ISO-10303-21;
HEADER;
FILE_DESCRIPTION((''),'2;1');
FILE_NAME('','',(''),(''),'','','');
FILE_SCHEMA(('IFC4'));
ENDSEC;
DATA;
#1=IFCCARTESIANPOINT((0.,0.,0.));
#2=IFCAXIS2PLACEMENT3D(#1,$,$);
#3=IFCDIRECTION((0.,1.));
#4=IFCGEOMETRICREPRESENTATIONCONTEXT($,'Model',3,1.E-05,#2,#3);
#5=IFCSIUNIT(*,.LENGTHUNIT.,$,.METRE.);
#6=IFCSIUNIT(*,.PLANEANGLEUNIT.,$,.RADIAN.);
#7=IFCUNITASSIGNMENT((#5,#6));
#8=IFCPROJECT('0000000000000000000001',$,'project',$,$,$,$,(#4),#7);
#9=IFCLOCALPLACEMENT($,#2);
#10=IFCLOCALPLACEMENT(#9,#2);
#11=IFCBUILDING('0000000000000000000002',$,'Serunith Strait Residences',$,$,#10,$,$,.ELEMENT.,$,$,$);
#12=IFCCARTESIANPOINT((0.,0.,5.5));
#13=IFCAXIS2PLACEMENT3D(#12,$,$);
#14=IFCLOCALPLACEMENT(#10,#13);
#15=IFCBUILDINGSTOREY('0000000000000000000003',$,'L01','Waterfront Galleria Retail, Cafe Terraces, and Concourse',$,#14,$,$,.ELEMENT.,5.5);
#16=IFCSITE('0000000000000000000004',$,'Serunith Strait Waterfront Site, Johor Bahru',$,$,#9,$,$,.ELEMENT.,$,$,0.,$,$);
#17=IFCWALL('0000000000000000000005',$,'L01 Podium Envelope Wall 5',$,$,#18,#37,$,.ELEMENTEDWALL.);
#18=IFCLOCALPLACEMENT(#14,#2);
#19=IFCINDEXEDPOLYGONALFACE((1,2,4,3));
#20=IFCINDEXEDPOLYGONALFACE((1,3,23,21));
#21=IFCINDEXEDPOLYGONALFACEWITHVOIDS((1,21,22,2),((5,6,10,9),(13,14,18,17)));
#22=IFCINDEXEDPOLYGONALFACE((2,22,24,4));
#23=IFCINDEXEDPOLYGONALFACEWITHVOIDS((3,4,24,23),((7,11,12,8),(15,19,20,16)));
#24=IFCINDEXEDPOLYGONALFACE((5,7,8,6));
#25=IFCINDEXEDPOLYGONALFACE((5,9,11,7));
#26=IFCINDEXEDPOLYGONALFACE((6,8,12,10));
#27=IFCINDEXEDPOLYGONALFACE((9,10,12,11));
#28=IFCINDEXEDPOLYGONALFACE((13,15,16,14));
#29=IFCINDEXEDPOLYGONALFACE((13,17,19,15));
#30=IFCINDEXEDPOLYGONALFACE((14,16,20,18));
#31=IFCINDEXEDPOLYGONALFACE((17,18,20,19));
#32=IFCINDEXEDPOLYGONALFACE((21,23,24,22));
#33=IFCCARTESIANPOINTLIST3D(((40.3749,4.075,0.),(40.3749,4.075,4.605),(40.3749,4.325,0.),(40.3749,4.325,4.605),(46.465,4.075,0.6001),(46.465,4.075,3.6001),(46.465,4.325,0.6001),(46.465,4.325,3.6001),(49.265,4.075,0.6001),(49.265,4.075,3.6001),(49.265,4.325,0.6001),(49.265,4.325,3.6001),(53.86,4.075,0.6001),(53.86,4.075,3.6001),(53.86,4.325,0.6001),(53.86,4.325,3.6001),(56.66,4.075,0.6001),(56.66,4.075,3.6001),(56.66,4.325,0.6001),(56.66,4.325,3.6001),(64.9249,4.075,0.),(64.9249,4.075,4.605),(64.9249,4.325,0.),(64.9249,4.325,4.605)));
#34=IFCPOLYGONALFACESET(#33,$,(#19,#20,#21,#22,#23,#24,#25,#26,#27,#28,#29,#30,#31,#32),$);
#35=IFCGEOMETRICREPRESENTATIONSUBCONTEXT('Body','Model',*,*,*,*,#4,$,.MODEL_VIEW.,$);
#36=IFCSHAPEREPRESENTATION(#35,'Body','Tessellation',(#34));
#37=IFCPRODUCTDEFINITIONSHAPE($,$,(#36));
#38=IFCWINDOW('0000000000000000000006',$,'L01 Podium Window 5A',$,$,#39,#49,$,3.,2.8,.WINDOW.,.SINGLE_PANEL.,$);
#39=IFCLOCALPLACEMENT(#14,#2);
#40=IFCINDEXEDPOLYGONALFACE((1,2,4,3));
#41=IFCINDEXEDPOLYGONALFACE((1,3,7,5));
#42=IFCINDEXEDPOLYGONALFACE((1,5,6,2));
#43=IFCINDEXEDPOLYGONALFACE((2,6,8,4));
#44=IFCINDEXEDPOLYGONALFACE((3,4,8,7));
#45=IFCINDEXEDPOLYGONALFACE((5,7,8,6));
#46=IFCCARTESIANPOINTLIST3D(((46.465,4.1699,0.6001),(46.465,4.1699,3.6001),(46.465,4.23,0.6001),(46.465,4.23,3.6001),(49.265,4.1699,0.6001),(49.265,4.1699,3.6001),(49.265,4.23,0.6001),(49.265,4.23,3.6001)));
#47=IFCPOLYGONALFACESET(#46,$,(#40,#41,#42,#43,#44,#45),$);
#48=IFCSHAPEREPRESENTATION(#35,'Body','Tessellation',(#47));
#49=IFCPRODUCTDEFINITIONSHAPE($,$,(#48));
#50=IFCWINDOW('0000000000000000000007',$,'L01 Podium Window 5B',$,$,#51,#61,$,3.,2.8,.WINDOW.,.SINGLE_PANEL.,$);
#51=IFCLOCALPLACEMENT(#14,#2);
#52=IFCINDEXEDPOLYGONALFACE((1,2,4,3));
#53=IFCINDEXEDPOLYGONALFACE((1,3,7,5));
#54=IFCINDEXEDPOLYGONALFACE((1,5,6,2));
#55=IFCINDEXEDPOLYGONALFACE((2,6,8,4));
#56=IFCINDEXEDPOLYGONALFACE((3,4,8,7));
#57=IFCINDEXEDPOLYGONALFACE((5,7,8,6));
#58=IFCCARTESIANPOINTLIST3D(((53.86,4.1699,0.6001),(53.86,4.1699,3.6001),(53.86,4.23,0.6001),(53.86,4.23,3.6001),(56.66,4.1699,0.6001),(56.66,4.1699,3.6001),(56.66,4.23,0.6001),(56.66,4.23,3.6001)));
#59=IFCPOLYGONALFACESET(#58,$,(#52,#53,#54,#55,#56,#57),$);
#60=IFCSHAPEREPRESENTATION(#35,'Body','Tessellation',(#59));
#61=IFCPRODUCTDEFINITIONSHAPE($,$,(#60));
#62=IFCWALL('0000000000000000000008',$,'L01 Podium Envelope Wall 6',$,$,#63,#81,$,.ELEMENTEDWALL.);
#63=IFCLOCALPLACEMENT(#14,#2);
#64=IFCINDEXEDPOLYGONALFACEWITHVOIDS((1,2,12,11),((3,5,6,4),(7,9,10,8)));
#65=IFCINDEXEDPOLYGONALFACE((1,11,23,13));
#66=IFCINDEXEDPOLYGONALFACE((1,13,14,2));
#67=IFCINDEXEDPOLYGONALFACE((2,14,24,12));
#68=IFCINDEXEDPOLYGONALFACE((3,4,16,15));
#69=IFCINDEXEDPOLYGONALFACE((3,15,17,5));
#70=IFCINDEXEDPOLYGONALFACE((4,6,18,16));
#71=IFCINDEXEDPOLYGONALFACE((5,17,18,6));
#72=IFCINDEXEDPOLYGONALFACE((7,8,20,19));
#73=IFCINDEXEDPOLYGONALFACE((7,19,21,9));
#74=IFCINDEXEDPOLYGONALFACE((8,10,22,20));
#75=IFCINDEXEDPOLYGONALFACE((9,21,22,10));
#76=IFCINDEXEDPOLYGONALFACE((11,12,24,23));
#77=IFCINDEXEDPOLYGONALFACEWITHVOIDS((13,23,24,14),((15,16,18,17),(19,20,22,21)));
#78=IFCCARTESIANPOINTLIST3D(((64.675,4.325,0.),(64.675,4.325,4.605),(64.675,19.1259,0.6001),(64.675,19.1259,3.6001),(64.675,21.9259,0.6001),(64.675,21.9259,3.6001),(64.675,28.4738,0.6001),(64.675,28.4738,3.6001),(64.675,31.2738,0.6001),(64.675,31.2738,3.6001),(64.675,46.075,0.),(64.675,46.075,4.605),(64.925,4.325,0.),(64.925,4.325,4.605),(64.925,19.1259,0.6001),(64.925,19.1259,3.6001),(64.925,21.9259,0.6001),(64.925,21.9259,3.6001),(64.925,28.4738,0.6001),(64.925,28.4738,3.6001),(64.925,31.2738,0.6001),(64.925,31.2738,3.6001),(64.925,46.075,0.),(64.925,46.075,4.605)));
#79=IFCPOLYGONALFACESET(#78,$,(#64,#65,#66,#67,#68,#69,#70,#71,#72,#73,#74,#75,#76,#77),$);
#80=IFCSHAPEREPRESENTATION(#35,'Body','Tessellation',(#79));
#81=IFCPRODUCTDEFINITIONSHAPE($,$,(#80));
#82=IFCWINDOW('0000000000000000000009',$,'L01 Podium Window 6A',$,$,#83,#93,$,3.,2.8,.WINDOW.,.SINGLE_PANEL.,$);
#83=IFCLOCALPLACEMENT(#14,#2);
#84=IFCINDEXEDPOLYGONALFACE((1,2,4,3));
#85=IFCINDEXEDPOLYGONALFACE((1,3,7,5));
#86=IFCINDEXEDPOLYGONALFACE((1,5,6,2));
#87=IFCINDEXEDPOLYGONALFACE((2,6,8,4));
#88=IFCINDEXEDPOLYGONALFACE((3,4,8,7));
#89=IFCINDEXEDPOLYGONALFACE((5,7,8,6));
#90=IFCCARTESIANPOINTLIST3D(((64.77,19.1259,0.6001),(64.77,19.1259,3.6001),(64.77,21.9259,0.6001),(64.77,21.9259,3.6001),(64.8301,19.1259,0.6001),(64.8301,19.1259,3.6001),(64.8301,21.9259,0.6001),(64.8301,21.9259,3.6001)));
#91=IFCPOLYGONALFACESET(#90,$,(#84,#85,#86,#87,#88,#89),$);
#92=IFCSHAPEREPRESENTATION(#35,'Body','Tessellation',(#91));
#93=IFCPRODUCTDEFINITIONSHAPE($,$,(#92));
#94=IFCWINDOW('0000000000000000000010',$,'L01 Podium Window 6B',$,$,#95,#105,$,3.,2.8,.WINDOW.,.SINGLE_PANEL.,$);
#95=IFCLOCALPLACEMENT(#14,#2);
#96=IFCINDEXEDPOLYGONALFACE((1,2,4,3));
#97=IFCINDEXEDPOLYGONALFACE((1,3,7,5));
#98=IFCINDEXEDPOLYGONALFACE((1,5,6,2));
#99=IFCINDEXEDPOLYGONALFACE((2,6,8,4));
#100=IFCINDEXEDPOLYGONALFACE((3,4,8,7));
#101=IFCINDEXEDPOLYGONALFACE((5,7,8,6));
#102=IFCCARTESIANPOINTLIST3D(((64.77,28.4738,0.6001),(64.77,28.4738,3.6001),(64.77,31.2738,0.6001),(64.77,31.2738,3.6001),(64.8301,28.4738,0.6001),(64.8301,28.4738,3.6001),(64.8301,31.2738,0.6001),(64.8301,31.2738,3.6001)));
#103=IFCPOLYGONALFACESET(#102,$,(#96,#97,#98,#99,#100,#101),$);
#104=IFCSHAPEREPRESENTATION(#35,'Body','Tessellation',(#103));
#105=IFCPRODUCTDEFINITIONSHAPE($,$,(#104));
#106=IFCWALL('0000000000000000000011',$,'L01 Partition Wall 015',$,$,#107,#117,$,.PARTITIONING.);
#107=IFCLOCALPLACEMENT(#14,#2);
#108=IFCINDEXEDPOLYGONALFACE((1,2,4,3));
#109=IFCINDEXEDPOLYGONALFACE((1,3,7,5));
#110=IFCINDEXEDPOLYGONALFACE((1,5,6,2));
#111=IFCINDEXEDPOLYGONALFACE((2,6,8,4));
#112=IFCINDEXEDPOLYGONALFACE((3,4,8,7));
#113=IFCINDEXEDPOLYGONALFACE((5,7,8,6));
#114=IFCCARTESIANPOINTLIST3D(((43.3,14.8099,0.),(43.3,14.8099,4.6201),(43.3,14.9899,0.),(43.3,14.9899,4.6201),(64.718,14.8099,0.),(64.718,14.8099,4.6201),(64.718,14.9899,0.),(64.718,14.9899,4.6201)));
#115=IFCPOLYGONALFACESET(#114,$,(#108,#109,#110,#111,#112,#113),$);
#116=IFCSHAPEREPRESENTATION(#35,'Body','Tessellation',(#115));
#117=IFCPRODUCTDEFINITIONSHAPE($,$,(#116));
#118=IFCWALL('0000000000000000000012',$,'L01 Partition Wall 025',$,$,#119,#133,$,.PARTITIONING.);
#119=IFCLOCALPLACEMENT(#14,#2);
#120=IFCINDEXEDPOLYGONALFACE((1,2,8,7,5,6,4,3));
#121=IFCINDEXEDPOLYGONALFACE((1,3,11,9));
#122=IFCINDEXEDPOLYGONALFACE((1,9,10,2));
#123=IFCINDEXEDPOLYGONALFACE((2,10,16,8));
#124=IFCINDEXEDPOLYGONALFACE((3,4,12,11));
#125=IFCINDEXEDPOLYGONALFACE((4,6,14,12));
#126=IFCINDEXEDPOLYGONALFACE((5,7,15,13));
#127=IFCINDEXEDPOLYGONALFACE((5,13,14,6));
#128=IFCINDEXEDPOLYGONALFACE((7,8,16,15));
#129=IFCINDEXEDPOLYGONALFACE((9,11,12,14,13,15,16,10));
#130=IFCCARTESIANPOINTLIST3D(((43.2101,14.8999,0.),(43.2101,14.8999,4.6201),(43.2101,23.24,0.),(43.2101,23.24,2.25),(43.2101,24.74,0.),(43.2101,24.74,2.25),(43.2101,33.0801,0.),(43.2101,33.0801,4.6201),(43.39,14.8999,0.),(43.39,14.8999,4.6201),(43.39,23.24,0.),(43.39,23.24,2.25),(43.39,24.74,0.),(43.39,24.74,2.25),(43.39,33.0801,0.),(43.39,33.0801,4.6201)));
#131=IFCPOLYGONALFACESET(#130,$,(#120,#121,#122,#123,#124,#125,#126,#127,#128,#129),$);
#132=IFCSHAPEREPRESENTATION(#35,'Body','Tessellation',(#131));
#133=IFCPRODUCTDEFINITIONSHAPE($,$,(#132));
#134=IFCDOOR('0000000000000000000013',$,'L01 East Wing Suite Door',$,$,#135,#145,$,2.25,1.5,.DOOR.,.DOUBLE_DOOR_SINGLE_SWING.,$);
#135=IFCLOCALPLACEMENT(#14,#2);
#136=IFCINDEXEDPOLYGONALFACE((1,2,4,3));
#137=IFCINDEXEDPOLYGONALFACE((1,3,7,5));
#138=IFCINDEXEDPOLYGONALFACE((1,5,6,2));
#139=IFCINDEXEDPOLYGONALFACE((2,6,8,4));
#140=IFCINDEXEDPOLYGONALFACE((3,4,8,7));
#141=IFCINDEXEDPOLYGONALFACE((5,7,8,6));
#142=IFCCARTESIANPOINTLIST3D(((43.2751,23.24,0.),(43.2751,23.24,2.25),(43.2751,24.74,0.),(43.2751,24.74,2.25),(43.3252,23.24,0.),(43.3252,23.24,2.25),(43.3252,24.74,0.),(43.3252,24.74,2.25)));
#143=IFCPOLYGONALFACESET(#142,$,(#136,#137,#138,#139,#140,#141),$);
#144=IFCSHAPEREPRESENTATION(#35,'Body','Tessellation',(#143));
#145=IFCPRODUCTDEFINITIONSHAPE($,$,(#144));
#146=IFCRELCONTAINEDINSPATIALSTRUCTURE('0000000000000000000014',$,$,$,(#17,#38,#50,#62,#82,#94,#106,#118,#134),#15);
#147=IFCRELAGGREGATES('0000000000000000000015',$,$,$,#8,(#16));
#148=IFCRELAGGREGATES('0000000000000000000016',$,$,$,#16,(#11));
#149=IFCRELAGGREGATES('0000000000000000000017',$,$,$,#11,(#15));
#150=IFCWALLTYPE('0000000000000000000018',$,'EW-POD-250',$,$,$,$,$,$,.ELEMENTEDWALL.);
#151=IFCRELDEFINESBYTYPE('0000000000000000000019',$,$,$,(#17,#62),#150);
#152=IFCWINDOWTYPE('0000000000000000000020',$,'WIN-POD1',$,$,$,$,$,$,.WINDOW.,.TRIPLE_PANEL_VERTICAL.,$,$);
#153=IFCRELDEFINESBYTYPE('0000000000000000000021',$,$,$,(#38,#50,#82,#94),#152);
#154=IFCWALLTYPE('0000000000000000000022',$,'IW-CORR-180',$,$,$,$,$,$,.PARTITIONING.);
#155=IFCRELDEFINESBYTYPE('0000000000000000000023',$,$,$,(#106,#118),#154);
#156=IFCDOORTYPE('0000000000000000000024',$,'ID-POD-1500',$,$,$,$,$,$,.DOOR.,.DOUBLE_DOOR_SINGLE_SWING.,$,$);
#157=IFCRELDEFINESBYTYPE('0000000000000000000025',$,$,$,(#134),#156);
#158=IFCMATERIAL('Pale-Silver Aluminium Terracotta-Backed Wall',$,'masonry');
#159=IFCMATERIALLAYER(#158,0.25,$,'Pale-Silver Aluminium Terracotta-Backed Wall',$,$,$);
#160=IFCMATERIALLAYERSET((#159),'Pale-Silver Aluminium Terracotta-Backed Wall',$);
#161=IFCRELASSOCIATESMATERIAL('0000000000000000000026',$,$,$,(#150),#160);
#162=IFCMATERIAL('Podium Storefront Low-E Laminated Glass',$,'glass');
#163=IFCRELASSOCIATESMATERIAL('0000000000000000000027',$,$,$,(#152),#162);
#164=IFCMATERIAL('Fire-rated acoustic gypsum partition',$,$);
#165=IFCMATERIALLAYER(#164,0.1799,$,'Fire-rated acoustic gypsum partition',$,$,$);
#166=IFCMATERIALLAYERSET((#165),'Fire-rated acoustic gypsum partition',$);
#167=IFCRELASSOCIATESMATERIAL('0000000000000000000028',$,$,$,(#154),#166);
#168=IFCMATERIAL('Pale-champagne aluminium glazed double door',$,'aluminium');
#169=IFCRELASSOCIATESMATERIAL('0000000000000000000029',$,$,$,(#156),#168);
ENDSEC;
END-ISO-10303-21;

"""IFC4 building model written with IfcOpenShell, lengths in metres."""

from ifc_helpers import new_model, si_unit, direction, frame, frame_2d, origin, place, context, subcontext, project, spatial, rectangle, extrude, source, transform, mapped, material, layer, layer_set, type_object, element, fill, save


model = new_model("IFC4")

# Units and contexts
model_context = context("Model", 3, precision=1e-05, world=origin(), true_north=direction((0.0, 1.0)))
body_context = subcontext(model_context, "Body", "Model", "MODEL_VIEW")
ifc_project = project(units=[si_unit("LENGTHUNIT", "METRE"), si_unit("PLANEANGLEUNIT", "RADIAN")], contexts=[model_context])

# Site, building, storey
site_placement = place(None, origin())
site = spatial("IfcSite", under=ifc_project, at=site_placement, Name="Serunith Strait Waterfront Site, Johor Bahru", CompositionType="ELEMENT", RefElevation=0.0)
building_placement = place(site_placement, origin())
building = spatial("IfcBuilding", under=site, at=building_placement, Name="Serunith Strait Residences", CompositionType="ELEMENT")
storey_placement = place(building_placement, frame((0.0, 0.0, 5.5)))
storey = spatial("IfcBuildingStorey", under=building, at=storey_placement, Name="L01", Description="Waterfront Galleria Retail, Cafe Terraces, and Concourse", CompositionType="ELEMENT", Elevation=5.5)

# Shared definitions
ifc_material_1 = material(Name="Pale-Silver Aluminium Terracotta-Backed Wall", Category="masonry")
ifc_layer_1 = layer(ifc_material_1, 0.25, Name="Pale-Silver Aluminium Terracotta-Backed Wall")
ifc_layer_set_1 = layer_set([ifc_layer_1], Name="Pale-Silver Aluminium Terracotta-Backed Wall")
wall_type_1 = type_object("IfcWallType", Name="EW-POD-250", PredefinedType="ELEMENTEDWALL", material=ifc_layer_set_1)

# Walls, openings, windows
wall_1_placement = place(storey_placement, frame((40.375, 4.2, 0.0), z_axis=(0.0, 0.0, 1.0), x_axis=(1.0, 0.0, 0.0)))
wall_1 = element("IfcWall", 1, at=wall_1_placement, inside=storey, type_object=wall_type_1, Name="L01 Podium Envelope Wall 5", PredefinedType="ELEMENTEDWALL", context=body_context, shape_type="SweptSolid", body=[
    extrude(rectangle(XDim=24.55, YDim=0.25, at=frame_2d((12.2749, 0.0))), origin(), (0.0, 0.0, 1.0), 4.605),
])
opening_1_placement = place(wall_1_placement, frame((6.0901, 0.0, 0.6001)))
opening_1 = element("IfcOpeningElement", 2, at=opening_1_placement, cuts=wall_1, PredefinedType="OPENING", context=body_context, shape_type="SweptSolid", body=[
    extrude(rectangle(XDim=2.8, YDim=3.0, at=frame_2d((1.3999, 1.5))), frame((0.0, 0.135, 0.0), z_axis=(0.0, -1.0, 0.0), x_axis=(1.0, 0.0, 0.0)), (0.0, 0.0, 1.0), 0.27),
])
opening_2_placement = place(wall_1_placement, frame((13.4851, 0.0, 0.6001)))
opening_2 = element("IfcOpeningElement", 3, at=opening_2_placement, cuts=wall_1, PredefinedType="OPENING", context=body_context, shape_type="SweptSolid", body=[
    extrude(rectangle(XDim=2.8, YDim=3.0, at=frame_2d((1.3999, 1.5))), frame((0.0, 0.135, 0.0), z_axis=(0.0, -1.0, 0.0), x_axis=(1.0, 0.0, 0.0)), (0.0, 0.0, 1.0), 0.27),
])
ifc_material_2 = material(Name="Podium Storefront Low-E Laminated Glass", Category="glass")
window_type = type_object("IfcWindowType", Name="WIN-POD1", PartitioningType="TRIPLE_PANEL_VERTICAL", PredefinedType="WINDOW", material=ifc_material_2)
shared_shape_1 = source(origin(), body_context, "Body", "SweptSolid", [
    extrude(rectangle(XDim=2.8, YDim=3.0, at=frame_2d((1.3999, 1.5))), frame((0.0, 0.03, 0.0), z_axis=(0.0, -1.0, 0.0), x_axis=(1.0, 0.0, 0.0)), (0.0, 0.0, 1.0), 0.0601),
])
window_1_placement = place(opening_1_placement, origin())
window_1 = element("IfcWindow", 4, at=window_1_placement, inside=storey, type_object=window_type, Name="L01 Podium Window 5A", OverallHeight=3.0, OverallWidth=2.8, PartitioningType="SINGLE_PANEL", PredefinedType="WINDOW", context=body_context, shape_type="MappedRepresentation", body=[
    mapped(shared_shape_1, transform((0.0, 0.0, 0.0), scale=1.0)),
])
fill(opening_1, window_1)
window_2_placement = place(opening_2_placement, origin())
window_2 = element("IfcWindow", 5, at=window_2_placement, inside=storey, type_object=window_type, Name="L01 Podium Window 5B", OverallHeight=3.0, OverallWidth=2.8, PartitioningType="SINGLE_PANEL", PredefinedType="WINDOW", context=body_context, shape_type="MappedRepresentation", body=[
    mapped(shared_shape_1, transform((0.0, 0.0, 0.0), scale=1.0)),
])
fill(opening_2, window_2)
wall_2_placement = place(storey_placement, frame((64.8, 4.325, 0.0), z_axis=(0.0, 0.0, 1.0), x_axis=(0.0, 1.0, 0.0)))
wall_2 = element("IfcWall", 6, at=wall_2_placement, inside=storey, type_object=wall_type_1, Name="L01 Podium Envelope Wall 6", PredefinedType="ELEMENTEDWALL", context=body_context, shape_type="SweptSolid", body=[
    extrude(rectangle(XDim=41.75, YDim=0.25, at=frame_2d((20.875, 0.0))), origin(), (0.0, 0.0, 1.0), 4.605),
])
opening_3_placement = place(wall_2_placement, frame((14.801, 0.0, 0.6001)))
opening_3 = element("IfcOpeningElement", 7, at=opening_3_placement, cuts=wall_2, PredefinedType="OPENING", context=body_context, shape_type="SweptSolid", body=[
    extrude(rectangle(XDim=2.8, YDim=3.0, at=frame_2d((1.3999, 1.5))), frame((0.0, 0.135, 0.0), z_axis=(0.0, -1.0, 0.0), x_axis=(1.0, 0.0, 0.0)), (0.0, 0.0, 1.0), 0.27),
])
opening_4_placement = place(wall_2_placement, frame((24.1489, 0.0, 0.6001)))
opening_4 = element("IfcOpeningElement", 8, at=opening_4_placement, cuts=wall_2, PredefinedType="OPENING", context=body_context, shape_type="SweptSolid", body=[
    extrude(rectangle(XDim=2.8, YDim=3.0, at=frame_2d((1.3999, 1.5))), frame((0.0, 0.135, 0.0), z_axis=(0.0, -1.0, 0.0), x_axis=(1.0, 0.0, 0.0)), (0.0, 0.0, 1.0), 0.27),
])
window_3_placement = place(opening_3_placement, origin())
window_3 = element("IfcWindow", 9, at=window_3_placement, inside=storey, type_object=window_type, Name="L01 Podium Window 6A", OverallHeight=3.0, OverallWidth=2.8, PartitioningType="SINGLE_PANEL", PredefinedType="WINDOW", context=body_context, shape_type="MappedRepresentation", body=[
    mapped(shared_shape_1, transform((0.0, 0.0, 0.0), scale=1.0)),
])
fill(opening_3, window_3)
window_4_placement = place(opening_4_placement, origin())
window_4 = element("IfcWindow", 10, at=window_4_placement, inside=storey, type_object=window_type, Name="L01 Podium Window 6B", OverallHeight=3.0, OverallWidth=2.8, PartitioningType="SINGLE_PANEL", PredefinedType="WINDOW", context=body_context, shape_type="MappedRepresentation", body=[
    mapped(shared_shape_1, transform((0.0, 0.0, 0.0), scale=1.0)),
])
fill(opening_4, window_4)

# Wall
ifc_material_3 = material(Name="Fire-rated acoustic gypsum partition")
ifc_layer_2 = layer(ifc_material_3, 0.1799, Name="Fire-rated acoustic gypsum partition")
ifc_layer_set_2 = layer_set([ifc_layer_2], Name="Fire-rated acoustic gypsum partition")
wall_type_2 = type_object("IfcWallType", Name="IW-CORR-180", PredefinedType="PARTITIONING", material=ifc_layer_set_2)
wall_3_placement = place(storey_placement, frame((43.3, 14.8999, 0.0), z_axis=(0.0, 0.0, 1.0), x_axis=(1.0, 0.0, 0.0)))
element("IfcWall", 11, at=wall_3_placement, inside=storey, type_object=wall_type_2, Name="L01 Partition Wall 015", PredefinedType="PARTITIONING", context=body_context, shape_type="SweptSolid", body=[
    extrude(rectangle(XDim=21.418, YDim=0.1799, at=frame_2d((10.709, 0.0))), origin(), (0.0, 0.0, 1.0), 4.6201),
])

# Wall, opening, door
wall_4_placement = place(storey_placement, frame((43.3, 14.8999, 0.0), z_axis=(0.0, 0.0, 1.0), x_axis=(0.0, 1.0, 0.0)))
wall_4 = element("IfcWall", 12, at=wall_4_placement, inside=storey, type_object=wall_type_2, Name="L01 Partition Wall 025", PredefinedType="PARTITIONING", context=body_context, shape_type="SweptSolid", body=[
    extrude(rectangle(XDim=18.1802, YDim=0.1799, at=frame_2d((9.0901, 0.0))), origin(), (0.0, 0.0, 1.0), 4.6201),
])
opening_5_placement = place(wall_4_placement, frame((8.3401, 0.0, 0.0)))
opening_5 = element("IfcOpeningElement", 13, at=opening_5_placement, cuts=wall_4, PredefinedType="OPENING", context=body_context, shape_type="SweptSolid", body=[
    extrude(rectangle(XDim=1.5, YDim=2.25, at=frame_2d((0.75, 1.125))), frame((0.0, 0.1001, 0.0), z_axis=(0.0, -1.0, 0.0), x_axis=(1.0, 0.0, 0.0)), (0.0, 0.0, 1.0), 0.2),
])
ifc_material_4 = material(Name="Pale-champagne aluminium glazed double door", Category="aluminium")
door_type = type_object("IfcDoorType", Name="ID-POD-1500", OperationType="DOUBLE_DOOR_SINGLE_SWING", PredefinedType="DOOR", material=ifc_material_4)
shared_shape_2 = source(origin(), body_context, "Body", "SweptSolid", [
    extrude(rectangle(XDim=1.5, YDim=2.25, at=frame_2d((0.75, 1.125))), frame((0.0, 0.0249, 0.0), z_axis=(0.0, -1.0, 0.0), x_axis=(1.0, 0.0, 0.0)), (0.0, 0.0, 1.0), 0.05),
])
door_1_placement = place(opening_5_placement, origin())
door_1 = element("IfcDoor", 14, at=door_1_placement, inside=storey, type_object=door_type, Name="L01 East Wing Suite Door", OperationType="DOUBLE_DOOR_SINGLE_SWING", OverallHeight=2.25, OverallWidth=1.5, PredefinedType="DOOR", context=body_context, shape_type="MappedRepresentation", body=[
    mapped(shared_shape_2, transform((0.0, 0.0, 0.0), scale=1.0)),
])
fill(opening_5, door_1)

save(model, "model.ifc")
